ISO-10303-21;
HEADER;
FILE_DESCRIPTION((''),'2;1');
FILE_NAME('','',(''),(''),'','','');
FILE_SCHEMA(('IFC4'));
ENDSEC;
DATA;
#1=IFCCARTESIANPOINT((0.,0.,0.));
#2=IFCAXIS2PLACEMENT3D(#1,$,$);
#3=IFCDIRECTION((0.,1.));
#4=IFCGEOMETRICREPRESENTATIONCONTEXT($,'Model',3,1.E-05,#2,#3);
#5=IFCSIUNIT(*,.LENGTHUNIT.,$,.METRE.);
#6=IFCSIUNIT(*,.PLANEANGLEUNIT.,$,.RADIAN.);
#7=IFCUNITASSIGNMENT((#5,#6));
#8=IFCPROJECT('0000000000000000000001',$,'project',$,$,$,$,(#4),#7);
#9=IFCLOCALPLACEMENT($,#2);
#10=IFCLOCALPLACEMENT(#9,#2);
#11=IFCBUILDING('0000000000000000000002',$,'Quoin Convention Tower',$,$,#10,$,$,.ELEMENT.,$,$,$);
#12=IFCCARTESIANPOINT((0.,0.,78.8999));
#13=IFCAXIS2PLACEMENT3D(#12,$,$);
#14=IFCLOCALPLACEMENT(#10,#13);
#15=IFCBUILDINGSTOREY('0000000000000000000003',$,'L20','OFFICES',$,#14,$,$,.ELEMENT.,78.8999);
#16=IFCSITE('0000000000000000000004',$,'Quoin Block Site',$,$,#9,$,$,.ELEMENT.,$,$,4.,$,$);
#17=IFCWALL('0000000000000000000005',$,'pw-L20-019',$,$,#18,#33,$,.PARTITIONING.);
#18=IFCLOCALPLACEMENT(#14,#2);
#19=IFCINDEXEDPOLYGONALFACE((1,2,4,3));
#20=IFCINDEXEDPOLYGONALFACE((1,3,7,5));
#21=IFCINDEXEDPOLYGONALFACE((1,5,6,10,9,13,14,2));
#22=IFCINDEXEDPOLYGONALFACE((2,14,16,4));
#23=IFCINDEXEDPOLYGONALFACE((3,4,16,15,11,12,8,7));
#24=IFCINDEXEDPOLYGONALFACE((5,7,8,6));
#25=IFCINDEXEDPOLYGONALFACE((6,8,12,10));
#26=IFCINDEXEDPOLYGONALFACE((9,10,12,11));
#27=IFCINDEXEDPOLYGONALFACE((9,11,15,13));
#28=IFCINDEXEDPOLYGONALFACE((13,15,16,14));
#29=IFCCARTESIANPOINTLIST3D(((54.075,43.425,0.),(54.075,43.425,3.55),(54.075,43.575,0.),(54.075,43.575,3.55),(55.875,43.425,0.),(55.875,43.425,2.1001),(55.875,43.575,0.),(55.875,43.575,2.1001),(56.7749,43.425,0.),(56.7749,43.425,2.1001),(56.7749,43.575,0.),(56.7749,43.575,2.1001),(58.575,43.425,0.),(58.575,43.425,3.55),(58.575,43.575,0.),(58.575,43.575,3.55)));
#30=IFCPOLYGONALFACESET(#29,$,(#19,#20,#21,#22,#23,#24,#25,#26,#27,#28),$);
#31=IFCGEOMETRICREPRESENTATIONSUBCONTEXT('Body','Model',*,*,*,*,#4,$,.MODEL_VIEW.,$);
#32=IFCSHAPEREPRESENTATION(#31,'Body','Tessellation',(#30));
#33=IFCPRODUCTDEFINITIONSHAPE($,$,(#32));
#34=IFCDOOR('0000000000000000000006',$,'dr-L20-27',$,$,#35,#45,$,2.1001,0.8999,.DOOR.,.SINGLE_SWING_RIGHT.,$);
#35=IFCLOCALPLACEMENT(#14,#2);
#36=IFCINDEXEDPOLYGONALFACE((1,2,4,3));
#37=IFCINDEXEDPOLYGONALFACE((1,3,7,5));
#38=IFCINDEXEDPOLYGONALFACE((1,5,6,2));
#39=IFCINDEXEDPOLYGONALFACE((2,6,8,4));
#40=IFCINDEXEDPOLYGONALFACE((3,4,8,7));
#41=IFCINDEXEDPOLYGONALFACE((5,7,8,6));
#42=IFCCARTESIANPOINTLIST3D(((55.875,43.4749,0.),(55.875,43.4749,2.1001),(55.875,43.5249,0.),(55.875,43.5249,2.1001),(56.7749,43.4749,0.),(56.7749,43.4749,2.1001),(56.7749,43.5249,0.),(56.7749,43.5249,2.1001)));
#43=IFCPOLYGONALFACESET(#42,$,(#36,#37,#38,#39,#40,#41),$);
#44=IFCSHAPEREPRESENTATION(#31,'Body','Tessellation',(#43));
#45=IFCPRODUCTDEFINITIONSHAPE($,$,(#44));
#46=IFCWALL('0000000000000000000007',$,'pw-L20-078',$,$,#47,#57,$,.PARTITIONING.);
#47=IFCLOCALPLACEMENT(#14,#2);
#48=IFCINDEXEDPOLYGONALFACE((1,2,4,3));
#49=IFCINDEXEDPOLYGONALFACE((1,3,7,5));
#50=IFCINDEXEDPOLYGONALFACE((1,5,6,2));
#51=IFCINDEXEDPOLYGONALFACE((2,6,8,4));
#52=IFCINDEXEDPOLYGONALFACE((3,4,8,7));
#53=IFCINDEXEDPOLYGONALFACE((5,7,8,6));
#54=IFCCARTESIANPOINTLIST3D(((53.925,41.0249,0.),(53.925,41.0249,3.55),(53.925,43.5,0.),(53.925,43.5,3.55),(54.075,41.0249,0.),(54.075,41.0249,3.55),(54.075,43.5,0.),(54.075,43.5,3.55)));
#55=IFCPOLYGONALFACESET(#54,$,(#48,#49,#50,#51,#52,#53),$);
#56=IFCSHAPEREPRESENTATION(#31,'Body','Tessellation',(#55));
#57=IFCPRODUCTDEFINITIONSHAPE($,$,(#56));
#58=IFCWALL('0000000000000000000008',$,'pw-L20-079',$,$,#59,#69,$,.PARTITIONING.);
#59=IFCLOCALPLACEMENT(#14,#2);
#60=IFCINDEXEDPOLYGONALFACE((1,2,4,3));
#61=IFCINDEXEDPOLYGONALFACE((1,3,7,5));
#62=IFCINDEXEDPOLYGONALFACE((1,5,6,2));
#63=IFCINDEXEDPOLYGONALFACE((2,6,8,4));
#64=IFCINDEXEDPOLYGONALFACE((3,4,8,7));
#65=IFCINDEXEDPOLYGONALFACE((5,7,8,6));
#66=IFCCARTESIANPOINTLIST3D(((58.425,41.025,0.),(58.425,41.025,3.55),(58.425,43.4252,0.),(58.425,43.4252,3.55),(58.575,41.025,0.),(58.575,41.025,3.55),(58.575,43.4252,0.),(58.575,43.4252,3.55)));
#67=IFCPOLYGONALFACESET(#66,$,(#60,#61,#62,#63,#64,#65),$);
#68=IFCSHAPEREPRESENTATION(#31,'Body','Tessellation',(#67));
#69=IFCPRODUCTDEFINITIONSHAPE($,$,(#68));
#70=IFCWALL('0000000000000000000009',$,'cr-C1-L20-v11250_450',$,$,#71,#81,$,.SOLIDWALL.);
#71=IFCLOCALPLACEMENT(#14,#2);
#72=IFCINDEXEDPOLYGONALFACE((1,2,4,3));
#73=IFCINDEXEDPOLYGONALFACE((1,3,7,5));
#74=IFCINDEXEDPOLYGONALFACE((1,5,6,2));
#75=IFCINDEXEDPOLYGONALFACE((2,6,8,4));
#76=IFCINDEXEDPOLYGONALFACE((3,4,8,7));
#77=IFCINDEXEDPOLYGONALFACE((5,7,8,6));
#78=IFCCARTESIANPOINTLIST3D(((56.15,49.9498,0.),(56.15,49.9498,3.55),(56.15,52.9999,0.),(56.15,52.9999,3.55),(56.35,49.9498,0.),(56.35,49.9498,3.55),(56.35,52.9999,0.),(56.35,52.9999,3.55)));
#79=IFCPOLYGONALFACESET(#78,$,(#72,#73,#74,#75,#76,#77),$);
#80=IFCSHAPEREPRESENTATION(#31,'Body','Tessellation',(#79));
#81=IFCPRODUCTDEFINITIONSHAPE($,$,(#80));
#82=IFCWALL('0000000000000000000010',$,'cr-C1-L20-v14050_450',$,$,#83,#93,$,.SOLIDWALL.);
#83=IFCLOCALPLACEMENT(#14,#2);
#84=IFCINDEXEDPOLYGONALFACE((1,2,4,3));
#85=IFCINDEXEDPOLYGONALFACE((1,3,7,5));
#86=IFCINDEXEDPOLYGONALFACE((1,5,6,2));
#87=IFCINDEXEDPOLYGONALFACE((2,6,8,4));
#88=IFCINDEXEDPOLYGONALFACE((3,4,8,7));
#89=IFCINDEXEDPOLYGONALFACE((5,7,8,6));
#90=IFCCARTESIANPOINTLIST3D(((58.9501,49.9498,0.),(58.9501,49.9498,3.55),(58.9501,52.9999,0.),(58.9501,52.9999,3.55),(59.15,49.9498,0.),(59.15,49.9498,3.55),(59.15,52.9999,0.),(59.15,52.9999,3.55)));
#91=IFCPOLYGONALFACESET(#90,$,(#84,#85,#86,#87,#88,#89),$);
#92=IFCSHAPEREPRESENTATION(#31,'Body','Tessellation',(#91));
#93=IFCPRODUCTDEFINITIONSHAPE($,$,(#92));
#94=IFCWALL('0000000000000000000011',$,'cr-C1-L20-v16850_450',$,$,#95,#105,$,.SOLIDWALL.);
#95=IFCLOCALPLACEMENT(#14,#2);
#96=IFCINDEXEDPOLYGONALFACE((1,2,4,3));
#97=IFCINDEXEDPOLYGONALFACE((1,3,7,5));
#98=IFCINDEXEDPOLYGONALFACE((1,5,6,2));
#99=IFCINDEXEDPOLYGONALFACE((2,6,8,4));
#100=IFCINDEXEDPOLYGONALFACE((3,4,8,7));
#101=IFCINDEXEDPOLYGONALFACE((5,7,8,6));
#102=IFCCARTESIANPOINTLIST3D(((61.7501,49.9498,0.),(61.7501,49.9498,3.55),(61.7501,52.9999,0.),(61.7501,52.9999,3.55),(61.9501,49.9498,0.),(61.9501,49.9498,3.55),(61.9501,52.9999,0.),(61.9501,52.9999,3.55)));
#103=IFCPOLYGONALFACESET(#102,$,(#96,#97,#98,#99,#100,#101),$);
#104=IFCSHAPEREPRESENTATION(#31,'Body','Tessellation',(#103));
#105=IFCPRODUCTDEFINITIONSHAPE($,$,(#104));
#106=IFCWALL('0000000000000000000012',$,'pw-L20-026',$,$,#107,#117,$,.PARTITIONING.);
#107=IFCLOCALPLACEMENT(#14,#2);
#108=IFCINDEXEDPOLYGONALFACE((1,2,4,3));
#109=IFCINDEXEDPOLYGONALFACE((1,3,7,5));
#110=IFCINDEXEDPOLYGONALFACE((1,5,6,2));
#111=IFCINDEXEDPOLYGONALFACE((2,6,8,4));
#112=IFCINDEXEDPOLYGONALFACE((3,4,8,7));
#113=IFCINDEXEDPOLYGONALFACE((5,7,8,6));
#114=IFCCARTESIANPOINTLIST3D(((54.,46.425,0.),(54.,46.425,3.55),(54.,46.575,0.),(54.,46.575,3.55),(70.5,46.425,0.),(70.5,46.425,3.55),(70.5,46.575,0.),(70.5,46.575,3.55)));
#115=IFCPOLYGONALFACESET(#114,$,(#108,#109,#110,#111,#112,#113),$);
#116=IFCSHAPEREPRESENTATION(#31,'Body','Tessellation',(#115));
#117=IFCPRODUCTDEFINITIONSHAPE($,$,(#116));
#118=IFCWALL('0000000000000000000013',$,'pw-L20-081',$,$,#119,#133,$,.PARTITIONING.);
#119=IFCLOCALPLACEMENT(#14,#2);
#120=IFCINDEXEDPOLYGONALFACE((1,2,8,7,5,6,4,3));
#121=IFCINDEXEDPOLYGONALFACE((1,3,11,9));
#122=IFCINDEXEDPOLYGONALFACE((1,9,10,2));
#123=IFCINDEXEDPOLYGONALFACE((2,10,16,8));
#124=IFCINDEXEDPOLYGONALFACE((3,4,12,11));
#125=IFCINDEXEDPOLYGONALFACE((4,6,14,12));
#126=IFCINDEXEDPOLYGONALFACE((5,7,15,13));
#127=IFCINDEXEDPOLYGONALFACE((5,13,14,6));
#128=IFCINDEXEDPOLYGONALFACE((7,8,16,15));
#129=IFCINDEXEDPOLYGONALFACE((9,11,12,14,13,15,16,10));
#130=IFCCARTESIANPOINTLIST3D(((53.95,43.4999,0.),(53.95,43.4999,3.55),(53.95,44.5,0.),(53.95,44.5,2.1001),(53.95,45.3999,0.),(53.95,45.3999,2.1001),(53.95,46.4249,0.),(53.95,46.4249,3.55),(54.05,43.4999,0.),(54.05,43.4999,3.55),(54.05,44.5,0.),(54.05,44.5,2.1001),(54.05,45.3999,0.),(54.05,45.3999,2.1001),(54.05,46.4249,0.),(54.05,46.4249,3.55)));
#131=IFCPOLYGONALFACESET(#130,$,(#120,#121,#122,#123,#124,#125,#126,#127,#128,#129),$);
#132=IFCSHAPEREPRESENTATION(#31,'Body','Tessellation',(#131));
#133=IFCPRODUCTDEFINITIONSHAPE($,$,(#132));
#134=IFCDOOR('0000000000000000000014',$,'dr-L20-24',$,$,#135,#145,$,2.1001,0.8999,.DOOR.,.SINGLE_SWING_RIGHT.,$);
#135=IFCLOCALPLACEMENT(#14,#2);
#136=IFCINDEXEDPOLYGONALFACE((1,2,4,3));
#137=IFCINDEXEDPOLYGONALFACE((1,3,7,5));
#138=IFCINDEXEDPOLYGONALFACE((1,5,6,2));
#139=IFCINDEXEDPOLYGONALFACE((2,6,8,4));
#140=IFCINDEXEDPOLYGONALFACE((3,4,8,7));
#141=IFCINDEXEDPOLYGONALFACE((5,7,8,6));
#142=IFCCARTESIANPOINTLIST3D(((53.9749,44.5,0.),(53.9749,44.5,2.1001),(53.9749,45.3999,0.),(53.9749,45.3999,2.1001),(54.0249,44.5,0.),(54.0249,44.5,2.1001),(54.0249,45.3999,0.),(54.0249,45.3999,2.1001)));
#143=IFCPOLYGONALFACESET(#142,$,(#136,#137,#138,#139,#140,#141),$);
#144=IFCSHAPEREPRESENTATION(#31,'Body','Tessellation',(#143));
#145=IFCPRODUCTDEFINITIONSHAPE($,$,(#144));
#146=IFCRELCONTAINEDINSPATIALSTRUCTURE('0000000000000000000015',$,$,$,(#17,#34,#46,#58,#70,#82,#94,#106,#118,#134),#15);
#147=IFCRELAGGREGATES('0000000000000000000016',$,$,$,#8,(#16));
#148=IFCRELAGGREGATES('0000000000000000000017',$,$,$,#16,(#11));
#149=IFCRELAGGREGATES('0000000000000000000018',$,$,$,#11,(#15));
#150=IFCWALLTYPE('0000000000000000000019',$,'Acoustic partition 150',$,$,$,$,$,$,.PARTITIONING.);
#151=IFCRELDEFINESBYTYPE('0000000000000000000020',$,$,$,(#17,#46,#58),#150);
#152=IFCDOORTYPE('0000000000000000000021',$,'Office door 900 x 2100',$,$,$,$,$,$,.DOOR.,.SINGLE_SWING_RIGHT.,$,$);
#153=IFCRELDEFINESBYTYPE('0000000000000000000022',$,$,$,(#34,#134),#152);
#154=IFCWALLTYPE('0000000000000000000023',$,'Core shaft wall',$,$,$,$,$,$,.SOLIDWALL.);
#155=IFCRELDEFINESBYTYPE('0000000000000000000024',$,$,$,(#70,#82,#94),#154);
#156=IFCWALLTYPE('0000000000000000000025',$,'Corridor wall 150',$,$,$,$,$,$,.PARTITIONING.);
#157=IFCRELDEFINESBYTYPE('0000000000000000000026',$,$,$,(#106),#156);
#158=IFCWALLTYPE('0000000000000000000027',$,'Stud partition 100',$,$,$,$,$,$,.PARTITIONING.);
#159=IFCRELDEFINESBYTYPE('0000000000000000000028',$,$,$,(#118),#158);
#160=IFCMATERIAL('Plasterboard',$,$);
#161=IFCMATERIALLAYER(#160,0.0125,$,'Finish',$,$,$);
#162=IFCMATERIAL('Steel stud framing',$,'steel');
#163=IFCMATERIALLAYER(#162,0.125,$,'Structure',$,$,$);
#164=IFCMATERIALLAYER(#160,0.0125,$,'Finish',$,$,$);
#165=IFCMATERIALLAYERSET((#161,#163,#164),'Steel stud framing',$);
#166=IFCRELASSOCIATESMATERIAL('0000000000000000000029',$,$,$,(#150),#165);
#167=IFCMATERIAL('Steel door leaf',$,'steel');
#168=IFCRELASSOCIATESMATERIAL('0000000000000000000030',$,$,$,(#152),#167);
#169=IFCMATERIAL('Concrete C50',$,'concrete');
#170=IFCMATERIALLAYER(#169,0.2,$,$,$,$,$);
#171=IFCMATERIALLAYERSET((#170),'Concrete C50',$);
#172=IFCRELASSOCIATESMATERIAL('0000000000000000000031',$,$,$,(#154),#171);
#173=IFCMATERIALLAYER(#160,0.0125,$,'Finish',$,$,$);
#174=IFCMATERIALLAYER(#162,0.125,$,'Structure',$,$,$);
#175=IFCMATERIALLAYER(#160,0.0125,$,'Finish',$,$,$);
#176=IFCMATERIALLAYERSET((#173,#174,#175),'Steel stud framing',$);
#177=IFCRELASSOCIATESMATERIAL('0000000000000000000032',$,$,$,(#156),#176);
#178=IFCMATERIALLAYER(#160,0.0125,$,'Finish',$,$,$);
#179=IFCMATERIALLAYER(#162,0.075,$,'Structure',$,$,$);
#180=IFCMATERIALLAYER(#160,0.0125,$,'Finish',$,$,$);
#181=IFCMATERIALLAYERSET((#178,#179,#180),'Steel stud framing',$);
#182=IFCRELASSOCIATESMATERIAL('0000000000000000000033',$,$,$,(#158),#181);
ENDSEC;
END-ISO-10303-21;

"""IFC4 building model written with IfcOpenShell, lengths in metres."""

from ifc_helpers import new_model, si_unit, direction, frame, frame_2d, origin, place, context, subcontext, project, spatial, rectangle, extrude, material, layer, layer_set, type_object, element, fill, save


model = new_model("IFC4")

# Units and contexts
model_context = context("Model", 3, precision=1e-05, world=origin(), true_north=direction((0.0, 1.0)))
body_context = subcontext(model_context, "Body", "Model", "MODEL_VIEW")
ifc_project = project(units=[si_unit("LENGTHUNIT", "METRE"), si_unit("PLANEANGLEUNIT", "RADIAN")], contexts=[model_context])

# Site, building, storey
site_placement = place(None, origin())
site = spatial("IfcSite", under=ifc_project, at=site_placement, Name="Quoin Block Site", CompositionType="ELEMENT", RefElevation=4.0)
building_placement = place(site_placement, origin())
building = spatial("IfcBuilding", under=site, at=building_placement, Name="Quoin Convention Tower", CompositionType="ELEMENT")
storey_placement = place(building_placement, frame((0.0, 0.0, 78.8999)))
storey = spatial("IfcBuildingStorey", under=building, at=storey_placement, Name="L20", Description="OFFICES", CompositionType="ELEMENT", Elevation=78.8999)

# Wall, opening, door
ifc_material_1 = material(Name="Plasterboard")
ifc_layer_1 = layer(ifc_material_1, 0.0125, Name="Finish")
ifc_material_2 = material(Name="Steel stud framing", Category="steel")
ifc_layer_2 = layer(ifc_material_2, 0.125, Name="Structure")
ifc_layer_3 = layer(ifc_material_1, 0.0125, Name="Finish")
ifc_layer_set_1 = layer_set([ifc_layer_1, ifc_layer_2, ifc_layer_3], Name="Steel stud framing")
wall_type_1 = type_object("IfcWallType", Name="Acoustic partition 150", PredefinedType="PARTITIONING", material=ifc_layer_set_1)
wall_1_placement = place(storey_placement, frame((54.075, 43.5, 0.0), z_axis=(0.0, 0.0, 1.0), x_axis=(1.0, 0.0, 0.0)))
wall_1 = element("IfcWall", 1, at=wall_1_placement, inside=storey, type_object=wall_type_1, Name="pw-L20-019", PredefinedType="PARTITIONING", context=body_context, shape_type="SweptSolid", body=[
    extrude(rectangle(XDim=4.5, YDim=0.1499, at=frame_2d((2.25, 0.0))), origin(), (0.0, 0.0, 1.0), 3.55),
])
opening_1_placement = place(wall_1_placement, frame((1.8, 0.0, 0.0)))
opening_1 = element("IfcOpeningElement", 2, at=opening_1_placement, cuts=wall_1, PredefinedType="OPENING", context=body_context, shape_type="SweptSolid", body=[
    extrude(rectangle(XDim=0.8999, YDim=2.1001, at=frame_2d((0.45, 1.05))), frame((0.0, 0.085, 0.0), z_axis=(0.0, -1.0, 0.0), x_axis=(1.0, 0.0, 0.0)), (0.0, 0.0, 1.0), 0.1699),
])
ifc_material_3 = material(Name="Steel door leaf", Category="steel")
door_type = type_object("IfcDoorType", Name="Office door 900 x 2100", OperationType="SINGLE_SWING_RIGHT", PredefinedType="DOOR", material=ifc_material_3)
door_1_placement = place(opening_1_placement, origin())
door_1 = element("IfcDoor", 3, at=door_1_placement, inside=storey, type_object=door_type, Name="dr-L20-27", OperationType="SINGLE_SWING_RIGHT", OverallHeight=2.1001, OverallWidth=0.8999, PredefinedType="DOOR", context=body_context, shape_type="SweptSolid", body=[
    extrude(rectangle(XDim=0.8999, YDim=2.1001, at=frame_2d((0.45, 1.05))), frame((0.0, 0.0249, 0.0), z_axis=(0.0, -1.0, 0.0), x_axis=(1.0, 0.0, 0.0)), (0.0, 0.0, 1.0), 0.05),
])
fill(opening_1, door_1)

# Walls
wall_2_placement = place(storey_placement, frame((54.0, 41.0249, 0.0), z_axis=(0.0, 0.0, 1.0), x_axis=(0.0, 1.0, 0.0)))
element("IfcWall", 4, at=wall_2_placement, inside=storey, type_object=wall_type_1, Name="pw-L20-078", PredefinedType="PARTITIONING", context=body_context, shape_type="SweptSolid", body=[
    extrude(rectangle(XDim=2.4751, YDim=0.1499, at=frame_2d((1.2375, 0.0))), origin(), (0.0, 0.0, 1.0), 3.55),
])
wall_3_placement = place(storey_placement, frame((58.5, 41.0249, 0.0), z_axis=(0.0, 0.0, 1.0), x_axis=(0.0, 1.0, 0.0)))
element("IfcWall", 5, at=wall_3_placement, inside=storey, type_object=wall_type_1, Name="pw-L20-079", PredefinedType="PARTITIONING", context=body_context, shape_type="SweptSolid", body=[
    extrude(rectangle(XDim=2.4001, YDim=0.1499, at=frame_2d((1.2002, 0.0))), origin(), (0.0, 0.0, 1.0), 3.55),
])
ifc_material_4 = material(Name="Concrete C50", Category="concrete")
ifc_layer_4 = layer(ifc_material_4, 0.2)
ifc_layer_set_2 = layer_set([ifc_layer_4], Name="Concrete C50")
wall_type_2 = type_object("IfcWallType", Name="Core shaft wall", PredefinedType="SOLIDWALL", material=ifc_layer_set_2)
for number, where, z_axis, x_axis, name in (
    (6, (56.25, 49.95, 0.0), (0.0, 0.0, 1.0), (0.0, 1.0, 0.0), "cr-C1-L20-v11250_450"),
    (7, (59.05, 49.95, 0.0), (0.0, 0.0, 1.0), (0.0, 1.0, 0.0), "cr-C1-L20-v14050_450"),
    (8, (61.8501, 49.95, 0.0), (0.0, 0.0, 1.0), (0.0, 1.0, 0.0), "cr-C1-L20-v16850_450"),
):
    element("IfcWall", number, at=place(storey_placement, frame(where, z_axis=z_axis, x_axis=x_axis)), inside=storey, type_object=wall_type_2, Name=name, PredefinedType="SOLIDWALL", context=body_context, shape_type="SweptSolid", body=[
        extrude(rectangle(XDim=3.05, YDim=0.2, at=frame_2d((1.5249, 0.0))), origin(), (0.0, 0.0, 1.0), 3.55),
    ])
ifc_layer_5 = layer(ifc_material_1, 0.0125, Name="Finish")
ifc_layer_6 = layer(ifc_material_2, 0.125, Name="Structure")
ifc_layer_7 = layer(ifc_material_1, 0.0125, Name="Finish")
ifc_layer_set_3 = layer_set([ifc_layer_5, ifc_layer_6, ifc_layer_7], Name="Steel stud framing")
wall_type_3 = type_object("IfcWallType", Name="Corridor wall 150", PredefinedType="PARTITIONING", material=ifc_layer_set_3)
wall_4_placement = place(storey_placement, frame((54.0, 46.5, 0.0), z_axis=(0.0, 0.0, 1.0), x_axis=(1.0, 0.0, 0.0)))
element("IfcWall", 9, at=wall_4_placement, inside=storey, type_object=wall_type_3, Name="pw-L20-026", PredefinedType="PARTITIONING", context=body_context, shape_type="SweptSolid", body=[
    extrude(rectangle(XDim=16.5, YDim=0.1499, at=frame_2d((8.25, 0.0))), origin(), (0.0, 0.0, 1.0), 3.55),
])

# Wall, opening, door
ifc_layer_8 = layer(ifc_material_1, 0.0125, Name="Finish")
ifc_layer_9 = layer(ifc_material_2, 0.075, Name="Structure")
ifc_layer_10 = layer(ifc_material_1, 0.0125, Name="Finish")
ifc_layer_set_4 = layer_set([ifc_layer_8, ifc_layer_9, ifc_layer_10], Name="Steel stud framing")
wall_type_4 = type_object("IfcWallType", Name="Stud partition 100", PredefinedType="PARTITIONING", material=ifc_layer_set_4)
wall_5_placement = place(storey_placement, frame((54.0, 43.5, 0.0), z_axis=(0.0, 0.0, 1.0), x_axis=(0.0, 1.0, 0.0)))
wall_5 = element("IfcWall", 10, at=wall_5_placement, inside=storey, type_object=wall_type_4, Name="pw-L20-081", PredefinedType="PARTITIONING", context=body_context, shape_type="SweptSolid", body=[
    extrude(rectangle(XDim=2.925, YDim=0.1001, at=frame_2d((1.4624, 0.0))), origin(), (0.0, 0.0, 1.0), 3.55),
])
opening_2_placement = place(wall_5_placement, frame((1.0, 0.0, 0.0)))
opening_2 = element("IfcOpeningElement", 11, at=opening_2_placement, cuts=wall_5, PredefinedType="OPENING", context=body_context, shape_type="SweptSolid", body=[
    extrude(rectangle(XDim=0.8999, YDim=2.1001, at=frame_2d((0.45, 1.05))), frame((0.0, 0.0601, 0.0), z_axis=(0.0, -1.0, 0.0), x_axis=(1.0, 0.0, 0.0)), (0.0, 0.0, 1.0), 0.1201),
])
door_2_placement = place(opening_2_placement, frame((0.8999, 0.0, 0.0), z_axis=(0.0, 0.0, 1.0), x_axis=(-1.0, 0.0, 0.0)))
door_2 = element("IfcDoor", 12, at=door_2_placement, inside=storey, type_object=door_type, Name="dr-L20-24", OperationType="SINGLE_SWING_RIGHT", OverallHeight=2.1001, OverallWidth=0.8999, PredefinedType="DOOR", context=body_context, shape_type="SweptSolid", body=[
    extrude(rectangle(XDim=0.8999, YDim=2.1001, at=frame_2d((0.45, 1.05))), frame((0.0, 0.0249, 0.0), z_axis=(0.0, -1.0, 0.0), x_axis=(1.0, 0.0, 0.0)), (0.0, 0.0, 1.0), 0.05),
])
fill(opening_2, door_2)

save(model, "model.ifc")
